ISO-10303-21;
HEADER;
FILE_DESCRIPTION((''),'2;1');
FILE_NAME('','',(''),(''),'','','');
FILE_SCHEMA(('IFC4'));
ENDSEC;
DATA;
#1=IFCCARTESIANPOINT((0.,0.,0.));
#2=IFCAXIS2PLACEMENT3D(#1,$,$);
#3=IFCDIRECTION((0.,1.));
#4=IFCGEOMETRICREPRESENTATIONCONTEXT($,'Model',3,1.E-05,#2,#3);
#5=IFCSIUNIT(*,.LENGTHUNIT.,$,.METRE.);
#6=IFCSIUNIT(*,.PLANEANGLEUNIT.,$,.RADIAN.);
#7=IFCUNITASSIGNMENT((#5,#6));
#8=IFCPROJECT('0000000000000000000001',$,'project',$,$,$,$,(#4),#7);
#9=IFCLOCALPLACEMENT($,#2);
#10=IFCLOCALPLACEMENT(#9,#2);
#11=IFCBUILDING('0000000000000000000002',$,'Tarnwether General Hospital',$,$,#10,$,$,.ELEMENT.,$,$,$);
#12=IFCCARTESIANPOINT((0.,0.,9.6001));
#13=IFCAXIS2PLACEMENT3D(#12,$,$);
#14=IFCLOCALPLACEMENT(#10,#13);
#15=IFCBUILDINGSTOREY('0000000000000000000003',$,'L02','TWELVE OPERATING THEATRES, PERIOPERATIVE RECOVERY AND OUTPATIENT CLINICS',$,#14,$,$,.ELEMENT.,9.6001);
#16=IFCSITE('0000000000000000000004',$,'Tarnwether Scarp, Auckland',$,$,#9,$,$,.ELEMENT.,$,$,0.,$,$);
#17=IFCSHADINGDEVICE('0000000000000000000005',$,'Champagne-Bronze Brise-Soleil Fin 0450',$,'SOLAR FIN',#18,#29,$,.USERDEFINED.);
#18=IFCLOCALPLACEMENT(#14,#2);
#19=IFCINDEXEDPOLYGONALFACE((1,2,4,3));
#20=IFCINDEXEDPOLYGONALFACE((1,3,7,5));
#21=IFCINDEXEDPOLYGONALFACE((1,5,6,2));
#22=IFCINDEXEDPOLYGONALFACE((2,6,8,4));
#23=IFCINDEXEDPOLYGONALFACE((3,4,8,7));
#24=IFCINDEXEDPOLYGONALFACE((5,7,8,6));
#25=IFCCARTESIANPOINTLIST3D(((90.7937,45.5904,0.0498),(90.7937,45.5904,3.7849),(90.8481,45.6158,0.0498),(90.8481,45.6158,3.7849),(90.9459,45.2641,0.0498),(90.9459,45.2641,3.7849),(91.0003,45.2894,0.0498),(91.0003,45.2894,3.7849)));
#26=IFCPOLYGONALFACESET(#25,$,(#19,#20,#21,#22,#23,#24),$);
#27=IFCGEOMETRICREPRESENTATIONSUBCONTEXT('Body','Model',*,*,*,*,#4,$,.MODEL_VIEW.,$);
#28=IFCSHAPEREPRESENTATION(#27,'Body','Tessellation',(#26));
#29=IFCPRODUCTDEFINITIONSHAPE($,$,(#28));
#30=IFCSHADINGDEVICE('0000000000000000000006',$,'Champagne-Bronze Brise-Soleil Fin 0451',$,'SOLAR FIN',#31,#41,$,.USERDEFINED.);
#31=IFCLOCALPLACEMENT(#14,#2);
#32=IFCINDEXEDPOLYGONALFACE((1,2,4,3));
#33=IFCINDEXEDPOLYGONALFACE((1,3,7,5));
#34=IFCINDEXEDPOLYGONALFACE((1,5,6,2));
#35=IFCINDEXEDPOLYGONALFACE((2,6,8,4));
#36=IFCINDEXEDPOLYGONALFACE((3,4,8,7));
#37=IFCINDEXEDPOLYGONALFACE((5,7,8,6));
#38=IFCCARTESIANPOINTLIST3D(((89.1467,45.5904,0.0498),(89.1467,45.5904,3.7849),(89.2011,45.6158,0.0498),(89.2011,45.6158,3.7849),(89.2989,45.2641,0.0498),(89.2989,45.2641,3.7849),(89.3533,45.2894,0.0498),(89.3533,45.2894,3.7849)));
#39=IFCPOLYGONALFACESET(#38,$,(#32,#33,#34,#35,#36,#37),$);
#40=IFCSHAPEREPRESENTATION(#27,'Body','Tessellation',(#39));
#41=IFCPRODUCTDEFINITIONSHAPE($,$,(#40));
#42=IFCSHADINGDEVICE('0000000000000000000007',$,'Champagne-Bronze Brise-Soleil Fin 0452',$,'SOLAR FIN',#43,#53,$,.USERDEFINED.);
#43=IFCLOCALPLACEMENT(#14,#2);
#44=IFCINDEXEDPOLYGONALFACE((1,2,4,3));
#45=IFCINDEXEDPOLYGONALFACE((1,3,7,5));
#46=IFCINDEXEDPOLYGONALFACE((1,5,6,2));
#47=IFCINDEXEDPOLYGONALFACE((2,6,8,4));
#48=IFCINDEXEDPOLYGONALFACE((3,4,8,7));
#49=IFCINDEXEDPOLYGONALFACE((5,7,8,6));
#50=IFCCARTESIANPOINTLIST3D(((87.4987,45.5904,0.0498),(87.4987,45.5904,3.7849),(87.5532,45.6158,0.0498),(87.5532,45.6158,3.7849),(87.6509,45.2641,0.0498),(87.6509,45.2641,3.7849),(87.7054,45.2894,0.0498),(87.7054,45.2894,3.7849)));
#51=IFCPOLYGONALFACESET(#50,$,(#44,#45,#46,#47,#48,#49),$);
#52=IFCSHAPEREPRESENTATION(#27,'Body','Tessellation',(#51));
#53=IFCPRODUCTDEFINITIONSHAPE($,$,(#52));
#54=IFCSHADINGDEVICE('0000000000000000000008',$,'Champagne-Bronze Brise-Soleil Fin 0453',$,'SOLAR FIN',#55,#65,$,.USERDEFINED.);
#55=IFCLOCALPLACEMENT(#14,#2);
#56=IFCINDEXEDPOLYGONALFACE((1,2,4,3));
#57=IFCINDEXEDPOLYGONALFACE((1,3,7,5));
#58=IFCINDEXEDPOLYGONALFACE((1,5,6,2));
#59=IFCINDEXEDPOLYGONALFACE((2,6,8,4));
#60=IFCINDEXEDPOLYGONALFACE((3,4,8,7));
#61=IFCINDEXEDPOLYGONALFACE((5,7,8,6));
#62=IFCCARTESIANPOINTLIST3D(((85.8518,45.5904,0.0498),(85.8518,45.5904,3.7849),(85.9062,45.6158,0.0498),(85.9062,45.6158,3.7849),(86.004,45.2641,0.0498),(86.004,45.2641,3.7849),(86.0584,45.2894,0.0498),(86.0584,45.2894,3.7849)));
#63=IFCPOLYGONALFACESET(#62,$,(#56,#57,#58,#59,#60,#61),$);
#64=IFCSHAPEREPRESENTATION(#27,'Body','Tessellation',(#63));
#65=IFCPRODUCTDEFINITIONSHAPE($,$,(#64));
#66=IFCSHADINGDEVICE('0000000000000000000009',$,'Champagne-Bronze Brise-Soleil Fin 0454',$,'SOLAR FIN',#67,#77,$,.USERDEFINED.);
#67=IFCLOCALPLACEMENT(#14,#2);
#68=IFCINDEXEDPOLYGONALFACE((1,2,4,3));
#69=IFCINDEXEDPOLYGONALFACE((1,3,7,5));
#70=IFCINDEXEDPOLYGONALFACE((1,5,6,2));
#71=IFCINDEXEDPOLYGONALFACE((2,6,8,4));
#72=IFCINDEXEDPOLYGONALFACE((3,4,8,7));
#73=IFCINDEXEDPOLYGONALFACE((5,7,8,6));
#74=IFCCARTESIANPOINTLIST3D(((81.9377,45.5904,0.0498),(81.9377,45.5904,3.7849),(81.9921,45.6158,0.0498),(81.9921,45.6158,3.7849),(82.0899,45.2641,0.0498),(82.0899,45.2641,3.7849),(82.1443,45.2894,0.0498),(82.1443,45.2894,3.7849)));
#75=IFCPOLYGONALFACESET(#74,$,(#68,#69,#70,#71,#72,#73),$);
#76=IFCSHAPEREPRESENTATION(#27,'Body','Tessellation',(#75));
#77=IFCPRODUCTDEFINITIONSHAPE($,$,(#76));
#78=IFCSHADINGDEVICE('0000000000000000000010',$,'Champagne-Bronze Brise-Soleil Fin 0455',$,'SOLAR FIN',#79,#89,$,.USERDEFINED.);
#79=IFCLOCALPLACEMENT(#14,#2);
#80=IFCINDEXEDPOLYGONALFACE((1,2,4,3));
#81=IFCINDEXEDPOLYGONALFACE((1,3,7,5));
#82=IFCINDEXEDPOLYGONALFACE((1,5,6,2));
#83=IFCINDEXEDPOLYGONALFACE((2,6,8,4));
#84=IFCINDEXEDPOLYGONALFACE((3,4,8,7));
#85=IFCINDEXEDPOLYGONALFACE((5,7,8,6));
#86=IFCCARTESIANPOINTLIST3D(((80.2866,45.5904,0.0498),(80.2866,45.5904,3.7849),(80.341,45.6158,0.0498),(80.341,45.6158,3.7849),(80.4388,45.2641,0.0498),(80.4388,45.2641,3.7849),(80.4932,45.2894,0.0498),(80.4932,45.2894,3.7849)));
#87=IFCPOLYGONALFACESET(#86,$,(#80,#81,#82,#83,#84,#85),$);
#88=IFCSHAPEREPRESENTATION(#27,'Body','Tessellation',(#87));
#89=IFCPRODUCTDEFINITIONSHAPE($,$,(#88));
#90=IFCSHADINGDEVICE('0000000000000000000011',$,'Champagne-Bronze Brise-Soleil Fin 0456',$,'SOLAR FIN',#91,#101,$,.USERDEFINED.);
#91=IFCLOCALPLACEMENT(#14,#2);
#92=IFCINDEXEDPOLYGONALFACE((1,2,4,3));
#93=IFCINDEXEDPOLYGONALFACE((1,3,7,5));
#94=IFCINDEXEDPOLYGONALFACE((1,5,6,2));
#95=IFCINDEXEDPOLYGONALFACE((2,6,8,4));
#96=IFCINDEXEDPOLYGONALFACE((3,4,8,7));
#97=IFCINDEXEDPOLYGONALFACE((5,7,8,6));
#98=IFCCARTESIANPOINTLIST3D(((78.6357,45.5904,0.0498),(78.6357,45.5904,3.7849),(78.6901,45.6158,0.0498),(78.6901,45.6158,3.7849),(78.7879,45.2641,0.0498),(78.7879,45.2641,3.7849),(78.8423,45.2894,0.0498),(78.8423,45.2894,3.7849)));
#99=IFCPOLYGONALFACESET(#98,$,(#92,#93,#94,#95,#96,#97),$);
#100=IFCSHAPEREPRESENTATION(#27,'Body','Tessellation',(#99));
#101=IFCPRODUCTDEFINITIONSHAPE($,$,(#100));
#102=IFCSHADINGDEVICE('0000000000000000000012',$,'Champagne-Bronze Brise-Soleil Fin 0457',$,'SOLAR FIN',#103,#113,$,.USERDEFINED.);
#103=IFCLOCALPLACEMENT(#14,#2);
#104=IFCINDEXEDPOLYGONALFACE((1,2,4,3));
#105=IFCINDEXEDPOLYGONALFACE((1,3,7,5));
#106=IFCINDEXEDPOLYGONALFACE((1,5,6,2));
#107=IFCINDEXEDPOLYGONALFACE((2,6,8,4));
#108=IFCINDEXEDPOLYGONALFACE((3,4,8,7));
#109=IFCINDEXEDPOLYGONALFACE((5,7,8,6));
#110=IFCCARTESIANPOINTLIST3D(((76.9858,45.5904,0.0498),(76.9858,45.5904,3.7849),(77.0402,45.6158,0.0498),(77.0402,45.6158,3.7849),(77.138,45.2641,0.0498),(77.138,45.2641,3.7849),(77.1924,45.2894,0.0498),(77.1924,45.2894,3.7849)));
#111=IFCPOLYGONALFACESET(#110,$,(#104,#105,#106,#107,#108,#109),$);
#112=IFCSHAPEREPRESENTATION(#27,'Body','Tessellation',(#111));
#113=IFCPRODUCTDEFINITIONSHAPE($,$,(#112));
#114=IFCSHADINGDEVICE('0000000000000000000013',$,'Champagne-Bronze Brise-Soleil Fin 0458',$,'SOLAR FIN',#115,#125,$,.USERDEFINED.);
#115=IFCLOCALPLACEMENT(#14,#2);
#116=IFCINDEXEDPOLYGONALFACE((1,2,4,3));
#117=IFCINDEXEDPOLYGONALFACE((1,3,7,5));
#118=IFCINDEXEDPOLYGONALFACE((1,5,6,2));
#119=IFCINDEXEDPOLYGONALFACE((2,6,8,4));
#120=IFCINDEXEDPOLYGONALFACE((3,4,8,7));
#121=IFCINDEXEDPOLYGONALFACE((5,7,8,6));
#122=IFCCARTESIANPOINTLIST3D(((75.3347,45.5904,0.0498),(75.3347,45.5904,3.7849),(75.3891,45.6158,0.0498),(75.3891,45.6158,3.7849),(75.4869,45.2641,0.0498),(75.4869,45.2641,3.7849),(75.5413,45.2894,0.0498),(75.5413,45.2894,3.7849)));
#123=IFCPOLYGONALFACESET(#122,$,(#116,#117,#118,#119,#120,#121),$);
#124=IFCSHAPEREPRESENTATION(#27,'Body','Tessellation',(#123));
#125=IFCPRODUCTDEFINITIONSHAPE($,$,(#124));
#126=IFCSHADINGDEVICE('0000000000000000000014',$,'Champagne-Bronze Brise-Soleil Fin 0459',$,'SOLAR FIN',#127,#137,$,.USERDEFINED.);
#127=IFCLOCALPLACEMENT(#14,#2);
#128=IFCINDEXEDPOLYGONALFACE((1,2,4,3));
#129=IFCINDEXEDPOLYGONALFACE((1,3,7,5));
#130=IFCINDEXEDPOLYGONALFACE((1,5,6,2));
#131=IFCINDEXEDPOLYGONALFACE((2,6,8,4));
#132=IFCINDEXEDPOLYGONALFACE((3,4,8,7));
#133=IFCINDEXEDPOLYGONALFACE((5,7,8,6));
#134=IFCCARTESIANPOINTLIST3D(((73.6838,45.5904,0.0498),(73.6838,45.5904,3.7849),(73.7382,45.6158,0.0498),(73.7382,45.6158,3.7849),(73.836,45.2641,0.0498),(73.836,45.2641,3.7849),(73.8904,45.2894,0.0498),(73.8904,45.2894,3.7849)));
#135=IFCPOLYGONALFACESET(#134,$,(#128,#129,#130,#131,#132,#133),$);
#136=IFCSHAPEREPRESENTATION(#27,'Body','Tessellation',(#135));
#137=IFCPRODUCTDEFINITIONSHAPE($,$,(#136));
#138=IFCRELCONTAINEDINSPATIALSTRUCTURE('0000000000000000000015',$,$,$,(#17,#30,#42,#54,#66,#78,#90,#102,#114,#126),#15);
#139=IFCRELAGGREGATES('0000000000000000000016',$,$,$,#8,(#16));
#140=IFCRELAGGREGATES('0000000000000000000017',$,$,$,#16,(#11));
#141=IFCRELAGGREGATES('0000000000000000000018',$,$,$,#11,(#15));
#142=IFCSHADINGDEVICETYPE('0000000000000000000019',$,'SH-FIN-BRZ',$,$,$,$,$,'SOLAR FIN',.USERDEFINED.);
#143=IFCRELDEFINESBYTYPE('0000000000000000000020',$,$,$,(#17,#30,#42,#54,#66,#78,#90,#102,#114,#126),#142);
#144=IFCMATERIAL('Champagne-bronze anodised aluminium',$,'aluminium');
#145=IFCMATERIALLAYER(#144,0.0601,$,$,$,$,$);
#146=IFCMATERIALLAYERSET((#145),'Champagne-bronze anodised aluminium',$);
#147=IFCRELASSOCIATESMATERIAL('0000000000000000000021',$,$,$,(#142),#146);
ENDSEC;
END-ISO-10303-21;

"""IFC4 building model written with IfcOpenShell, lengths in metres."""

from ifc_helpers import new_model, si_unit, direction, frame, origin, origin_2d, place, context, subcontext, project, spatial, rectangle, extrude, material, layer, layer_set, type_object, element, save


model = new_model("IFC4")

# Units and contexts
model_context = context("Model", 3, precision=1e-05, world=origin(), true_north=direction((0.0, 1.0)))
body_context = subcontext(model_context, "Body", "Model", "MODEL_VIEW")
ifc_project = project(units=[si_unit("LENGTHUNIT", "METRE"), si_unit("PLANEANGLEUNIT", "RADIAN")], contexts=[model_context])

# Site, building, storey
site_placement = place(None, origin())
site = spatial("IfcSite", under=ifc_project, at=site_placement, Name="Tarnwether Scarp, Auckland", CompositionType="ELEMENT", RefElevation=0.0)
building_placement = place(site_placement, origin())
building = spatial("IfcBuilding", under=site, at=building_placement, Name="Tarnwether General Hospital", CompositionType="ELEMENT")
storey_placement = place(building_placement, frame((0.0, 0.0, 9.6001)))
storey = spatial("IfcBuildingStorey", under=building, at=storey_placement, Name="L02", Description="TWELVE OPERATING THEATRES, PERIOPERATIVE RECOVERY AND OUTPATIENT CLINICS", CompositionType="ELEMENT", Elevation=9.6001)

# Shading devices
ifc_material_1 = material(Name="Champagne-bronze anodised aluminium", Category="aluminium")
ifc_layer_1 = layer(ifc_material_1, 0.0601)
ifc_layer_set_1 = layer_set([ifc_layer_1], Name="Champagne-bronze anodised aluminium")
shading_device_type = type_object("IfcShadingDeviceType", Name="SH-FIN-BRZ", ElementType="SOLAR FIN", PredefinedType="USERDEFINED", material=ifc_layer_set_1)
for number, where, z_axis, x_axis, name in (
    (1, (90.897, 45.4399, 0.0498), (0.0, 0.0, 1.0), (-0.906308, -0.422618, 0.0), "Champagne-Bronze Brise-Soleil Fin 0450"),
    (2, (89.25, 45.4399, 0.0498), (0.0, 0.0, 1.0), (-0.906308, -0.422618, 0.0), "Champagne-Bronze Brise-Soleil Fin 0451"),
    (3, (87.6021, 45.4399, 0.0498), (0.0, 0.0, 1.0), (-0.906308, -0.422618, 0.0), "Champagne-Bronze Brise-Soleil Fin 0452"),
    (4, (85.9551, 45.4399, 0.0498), (0.0, 0.0, 1.0), (-0.906308, -0.422618, 0.0), "Champagne-Bronze Brise-Soleil Fin 0453"),
    (5, (82.041, 45.4399, 0.0498), (0.0, 0.0, 1.0), (-0.906308, -0.422618, 0.0), "Champagne-Bronze Brise-Soleil Fin 0454"),
    (6, (80.3899, 45.4399, 0.0498), (0.0, 0.0, 1.0), (-0.906308, -0.422618, 0.0), "Champagne-Bronze Brise-Soleil Fin 0455"),
    (7, (78.739, 45.4399, 0.0498), (0.0, 0.0, 1.0), (-0.906308, -0.422618, 0.0), "Champagne-Bronze Brise-Soleil Fin 0456"),
    (8, (77.0891, 45.4399, 0.0498), (0.0, 0.0, 1.0), (-0.906308, -0.422618, 0.0), "Champagne-Bronze Brise-Soleil Fin 0457"),
    (9, (75.438, 45.4399, 0.0498), (0.0, 0.0, 1.0), (-0.906308, -0.422618, 0.0), "Champagne-Bronze Brise-Soleil Fin 0458"),
    (10, (73.7871, 45.4399, 0.0498), (0.0, 0.0, 1.0), (-0.906308, -0.422618, 0.0), "Champagne-Bronze Brise-Soleil Fin 0459"),
):
    element("IfcShadingDevice", number, at=place(storey_placement, frame(where, z_axis=z_axis, x_axis=x_axis)), inside=storey, type_object=shading_device_type, Name=name, ObjectType="SOLAR FIN", PredefinedType="USERDEFINED", context=body_context, shape_type="SweptSolid", body=[
        extrude(rectangle(XDim=0.0601, YDim=0.3601, at=origin_2d()), origin(), (0.0, 0.0, 1.0), 3.7351),
    ])

save(model, "model.ifc")
